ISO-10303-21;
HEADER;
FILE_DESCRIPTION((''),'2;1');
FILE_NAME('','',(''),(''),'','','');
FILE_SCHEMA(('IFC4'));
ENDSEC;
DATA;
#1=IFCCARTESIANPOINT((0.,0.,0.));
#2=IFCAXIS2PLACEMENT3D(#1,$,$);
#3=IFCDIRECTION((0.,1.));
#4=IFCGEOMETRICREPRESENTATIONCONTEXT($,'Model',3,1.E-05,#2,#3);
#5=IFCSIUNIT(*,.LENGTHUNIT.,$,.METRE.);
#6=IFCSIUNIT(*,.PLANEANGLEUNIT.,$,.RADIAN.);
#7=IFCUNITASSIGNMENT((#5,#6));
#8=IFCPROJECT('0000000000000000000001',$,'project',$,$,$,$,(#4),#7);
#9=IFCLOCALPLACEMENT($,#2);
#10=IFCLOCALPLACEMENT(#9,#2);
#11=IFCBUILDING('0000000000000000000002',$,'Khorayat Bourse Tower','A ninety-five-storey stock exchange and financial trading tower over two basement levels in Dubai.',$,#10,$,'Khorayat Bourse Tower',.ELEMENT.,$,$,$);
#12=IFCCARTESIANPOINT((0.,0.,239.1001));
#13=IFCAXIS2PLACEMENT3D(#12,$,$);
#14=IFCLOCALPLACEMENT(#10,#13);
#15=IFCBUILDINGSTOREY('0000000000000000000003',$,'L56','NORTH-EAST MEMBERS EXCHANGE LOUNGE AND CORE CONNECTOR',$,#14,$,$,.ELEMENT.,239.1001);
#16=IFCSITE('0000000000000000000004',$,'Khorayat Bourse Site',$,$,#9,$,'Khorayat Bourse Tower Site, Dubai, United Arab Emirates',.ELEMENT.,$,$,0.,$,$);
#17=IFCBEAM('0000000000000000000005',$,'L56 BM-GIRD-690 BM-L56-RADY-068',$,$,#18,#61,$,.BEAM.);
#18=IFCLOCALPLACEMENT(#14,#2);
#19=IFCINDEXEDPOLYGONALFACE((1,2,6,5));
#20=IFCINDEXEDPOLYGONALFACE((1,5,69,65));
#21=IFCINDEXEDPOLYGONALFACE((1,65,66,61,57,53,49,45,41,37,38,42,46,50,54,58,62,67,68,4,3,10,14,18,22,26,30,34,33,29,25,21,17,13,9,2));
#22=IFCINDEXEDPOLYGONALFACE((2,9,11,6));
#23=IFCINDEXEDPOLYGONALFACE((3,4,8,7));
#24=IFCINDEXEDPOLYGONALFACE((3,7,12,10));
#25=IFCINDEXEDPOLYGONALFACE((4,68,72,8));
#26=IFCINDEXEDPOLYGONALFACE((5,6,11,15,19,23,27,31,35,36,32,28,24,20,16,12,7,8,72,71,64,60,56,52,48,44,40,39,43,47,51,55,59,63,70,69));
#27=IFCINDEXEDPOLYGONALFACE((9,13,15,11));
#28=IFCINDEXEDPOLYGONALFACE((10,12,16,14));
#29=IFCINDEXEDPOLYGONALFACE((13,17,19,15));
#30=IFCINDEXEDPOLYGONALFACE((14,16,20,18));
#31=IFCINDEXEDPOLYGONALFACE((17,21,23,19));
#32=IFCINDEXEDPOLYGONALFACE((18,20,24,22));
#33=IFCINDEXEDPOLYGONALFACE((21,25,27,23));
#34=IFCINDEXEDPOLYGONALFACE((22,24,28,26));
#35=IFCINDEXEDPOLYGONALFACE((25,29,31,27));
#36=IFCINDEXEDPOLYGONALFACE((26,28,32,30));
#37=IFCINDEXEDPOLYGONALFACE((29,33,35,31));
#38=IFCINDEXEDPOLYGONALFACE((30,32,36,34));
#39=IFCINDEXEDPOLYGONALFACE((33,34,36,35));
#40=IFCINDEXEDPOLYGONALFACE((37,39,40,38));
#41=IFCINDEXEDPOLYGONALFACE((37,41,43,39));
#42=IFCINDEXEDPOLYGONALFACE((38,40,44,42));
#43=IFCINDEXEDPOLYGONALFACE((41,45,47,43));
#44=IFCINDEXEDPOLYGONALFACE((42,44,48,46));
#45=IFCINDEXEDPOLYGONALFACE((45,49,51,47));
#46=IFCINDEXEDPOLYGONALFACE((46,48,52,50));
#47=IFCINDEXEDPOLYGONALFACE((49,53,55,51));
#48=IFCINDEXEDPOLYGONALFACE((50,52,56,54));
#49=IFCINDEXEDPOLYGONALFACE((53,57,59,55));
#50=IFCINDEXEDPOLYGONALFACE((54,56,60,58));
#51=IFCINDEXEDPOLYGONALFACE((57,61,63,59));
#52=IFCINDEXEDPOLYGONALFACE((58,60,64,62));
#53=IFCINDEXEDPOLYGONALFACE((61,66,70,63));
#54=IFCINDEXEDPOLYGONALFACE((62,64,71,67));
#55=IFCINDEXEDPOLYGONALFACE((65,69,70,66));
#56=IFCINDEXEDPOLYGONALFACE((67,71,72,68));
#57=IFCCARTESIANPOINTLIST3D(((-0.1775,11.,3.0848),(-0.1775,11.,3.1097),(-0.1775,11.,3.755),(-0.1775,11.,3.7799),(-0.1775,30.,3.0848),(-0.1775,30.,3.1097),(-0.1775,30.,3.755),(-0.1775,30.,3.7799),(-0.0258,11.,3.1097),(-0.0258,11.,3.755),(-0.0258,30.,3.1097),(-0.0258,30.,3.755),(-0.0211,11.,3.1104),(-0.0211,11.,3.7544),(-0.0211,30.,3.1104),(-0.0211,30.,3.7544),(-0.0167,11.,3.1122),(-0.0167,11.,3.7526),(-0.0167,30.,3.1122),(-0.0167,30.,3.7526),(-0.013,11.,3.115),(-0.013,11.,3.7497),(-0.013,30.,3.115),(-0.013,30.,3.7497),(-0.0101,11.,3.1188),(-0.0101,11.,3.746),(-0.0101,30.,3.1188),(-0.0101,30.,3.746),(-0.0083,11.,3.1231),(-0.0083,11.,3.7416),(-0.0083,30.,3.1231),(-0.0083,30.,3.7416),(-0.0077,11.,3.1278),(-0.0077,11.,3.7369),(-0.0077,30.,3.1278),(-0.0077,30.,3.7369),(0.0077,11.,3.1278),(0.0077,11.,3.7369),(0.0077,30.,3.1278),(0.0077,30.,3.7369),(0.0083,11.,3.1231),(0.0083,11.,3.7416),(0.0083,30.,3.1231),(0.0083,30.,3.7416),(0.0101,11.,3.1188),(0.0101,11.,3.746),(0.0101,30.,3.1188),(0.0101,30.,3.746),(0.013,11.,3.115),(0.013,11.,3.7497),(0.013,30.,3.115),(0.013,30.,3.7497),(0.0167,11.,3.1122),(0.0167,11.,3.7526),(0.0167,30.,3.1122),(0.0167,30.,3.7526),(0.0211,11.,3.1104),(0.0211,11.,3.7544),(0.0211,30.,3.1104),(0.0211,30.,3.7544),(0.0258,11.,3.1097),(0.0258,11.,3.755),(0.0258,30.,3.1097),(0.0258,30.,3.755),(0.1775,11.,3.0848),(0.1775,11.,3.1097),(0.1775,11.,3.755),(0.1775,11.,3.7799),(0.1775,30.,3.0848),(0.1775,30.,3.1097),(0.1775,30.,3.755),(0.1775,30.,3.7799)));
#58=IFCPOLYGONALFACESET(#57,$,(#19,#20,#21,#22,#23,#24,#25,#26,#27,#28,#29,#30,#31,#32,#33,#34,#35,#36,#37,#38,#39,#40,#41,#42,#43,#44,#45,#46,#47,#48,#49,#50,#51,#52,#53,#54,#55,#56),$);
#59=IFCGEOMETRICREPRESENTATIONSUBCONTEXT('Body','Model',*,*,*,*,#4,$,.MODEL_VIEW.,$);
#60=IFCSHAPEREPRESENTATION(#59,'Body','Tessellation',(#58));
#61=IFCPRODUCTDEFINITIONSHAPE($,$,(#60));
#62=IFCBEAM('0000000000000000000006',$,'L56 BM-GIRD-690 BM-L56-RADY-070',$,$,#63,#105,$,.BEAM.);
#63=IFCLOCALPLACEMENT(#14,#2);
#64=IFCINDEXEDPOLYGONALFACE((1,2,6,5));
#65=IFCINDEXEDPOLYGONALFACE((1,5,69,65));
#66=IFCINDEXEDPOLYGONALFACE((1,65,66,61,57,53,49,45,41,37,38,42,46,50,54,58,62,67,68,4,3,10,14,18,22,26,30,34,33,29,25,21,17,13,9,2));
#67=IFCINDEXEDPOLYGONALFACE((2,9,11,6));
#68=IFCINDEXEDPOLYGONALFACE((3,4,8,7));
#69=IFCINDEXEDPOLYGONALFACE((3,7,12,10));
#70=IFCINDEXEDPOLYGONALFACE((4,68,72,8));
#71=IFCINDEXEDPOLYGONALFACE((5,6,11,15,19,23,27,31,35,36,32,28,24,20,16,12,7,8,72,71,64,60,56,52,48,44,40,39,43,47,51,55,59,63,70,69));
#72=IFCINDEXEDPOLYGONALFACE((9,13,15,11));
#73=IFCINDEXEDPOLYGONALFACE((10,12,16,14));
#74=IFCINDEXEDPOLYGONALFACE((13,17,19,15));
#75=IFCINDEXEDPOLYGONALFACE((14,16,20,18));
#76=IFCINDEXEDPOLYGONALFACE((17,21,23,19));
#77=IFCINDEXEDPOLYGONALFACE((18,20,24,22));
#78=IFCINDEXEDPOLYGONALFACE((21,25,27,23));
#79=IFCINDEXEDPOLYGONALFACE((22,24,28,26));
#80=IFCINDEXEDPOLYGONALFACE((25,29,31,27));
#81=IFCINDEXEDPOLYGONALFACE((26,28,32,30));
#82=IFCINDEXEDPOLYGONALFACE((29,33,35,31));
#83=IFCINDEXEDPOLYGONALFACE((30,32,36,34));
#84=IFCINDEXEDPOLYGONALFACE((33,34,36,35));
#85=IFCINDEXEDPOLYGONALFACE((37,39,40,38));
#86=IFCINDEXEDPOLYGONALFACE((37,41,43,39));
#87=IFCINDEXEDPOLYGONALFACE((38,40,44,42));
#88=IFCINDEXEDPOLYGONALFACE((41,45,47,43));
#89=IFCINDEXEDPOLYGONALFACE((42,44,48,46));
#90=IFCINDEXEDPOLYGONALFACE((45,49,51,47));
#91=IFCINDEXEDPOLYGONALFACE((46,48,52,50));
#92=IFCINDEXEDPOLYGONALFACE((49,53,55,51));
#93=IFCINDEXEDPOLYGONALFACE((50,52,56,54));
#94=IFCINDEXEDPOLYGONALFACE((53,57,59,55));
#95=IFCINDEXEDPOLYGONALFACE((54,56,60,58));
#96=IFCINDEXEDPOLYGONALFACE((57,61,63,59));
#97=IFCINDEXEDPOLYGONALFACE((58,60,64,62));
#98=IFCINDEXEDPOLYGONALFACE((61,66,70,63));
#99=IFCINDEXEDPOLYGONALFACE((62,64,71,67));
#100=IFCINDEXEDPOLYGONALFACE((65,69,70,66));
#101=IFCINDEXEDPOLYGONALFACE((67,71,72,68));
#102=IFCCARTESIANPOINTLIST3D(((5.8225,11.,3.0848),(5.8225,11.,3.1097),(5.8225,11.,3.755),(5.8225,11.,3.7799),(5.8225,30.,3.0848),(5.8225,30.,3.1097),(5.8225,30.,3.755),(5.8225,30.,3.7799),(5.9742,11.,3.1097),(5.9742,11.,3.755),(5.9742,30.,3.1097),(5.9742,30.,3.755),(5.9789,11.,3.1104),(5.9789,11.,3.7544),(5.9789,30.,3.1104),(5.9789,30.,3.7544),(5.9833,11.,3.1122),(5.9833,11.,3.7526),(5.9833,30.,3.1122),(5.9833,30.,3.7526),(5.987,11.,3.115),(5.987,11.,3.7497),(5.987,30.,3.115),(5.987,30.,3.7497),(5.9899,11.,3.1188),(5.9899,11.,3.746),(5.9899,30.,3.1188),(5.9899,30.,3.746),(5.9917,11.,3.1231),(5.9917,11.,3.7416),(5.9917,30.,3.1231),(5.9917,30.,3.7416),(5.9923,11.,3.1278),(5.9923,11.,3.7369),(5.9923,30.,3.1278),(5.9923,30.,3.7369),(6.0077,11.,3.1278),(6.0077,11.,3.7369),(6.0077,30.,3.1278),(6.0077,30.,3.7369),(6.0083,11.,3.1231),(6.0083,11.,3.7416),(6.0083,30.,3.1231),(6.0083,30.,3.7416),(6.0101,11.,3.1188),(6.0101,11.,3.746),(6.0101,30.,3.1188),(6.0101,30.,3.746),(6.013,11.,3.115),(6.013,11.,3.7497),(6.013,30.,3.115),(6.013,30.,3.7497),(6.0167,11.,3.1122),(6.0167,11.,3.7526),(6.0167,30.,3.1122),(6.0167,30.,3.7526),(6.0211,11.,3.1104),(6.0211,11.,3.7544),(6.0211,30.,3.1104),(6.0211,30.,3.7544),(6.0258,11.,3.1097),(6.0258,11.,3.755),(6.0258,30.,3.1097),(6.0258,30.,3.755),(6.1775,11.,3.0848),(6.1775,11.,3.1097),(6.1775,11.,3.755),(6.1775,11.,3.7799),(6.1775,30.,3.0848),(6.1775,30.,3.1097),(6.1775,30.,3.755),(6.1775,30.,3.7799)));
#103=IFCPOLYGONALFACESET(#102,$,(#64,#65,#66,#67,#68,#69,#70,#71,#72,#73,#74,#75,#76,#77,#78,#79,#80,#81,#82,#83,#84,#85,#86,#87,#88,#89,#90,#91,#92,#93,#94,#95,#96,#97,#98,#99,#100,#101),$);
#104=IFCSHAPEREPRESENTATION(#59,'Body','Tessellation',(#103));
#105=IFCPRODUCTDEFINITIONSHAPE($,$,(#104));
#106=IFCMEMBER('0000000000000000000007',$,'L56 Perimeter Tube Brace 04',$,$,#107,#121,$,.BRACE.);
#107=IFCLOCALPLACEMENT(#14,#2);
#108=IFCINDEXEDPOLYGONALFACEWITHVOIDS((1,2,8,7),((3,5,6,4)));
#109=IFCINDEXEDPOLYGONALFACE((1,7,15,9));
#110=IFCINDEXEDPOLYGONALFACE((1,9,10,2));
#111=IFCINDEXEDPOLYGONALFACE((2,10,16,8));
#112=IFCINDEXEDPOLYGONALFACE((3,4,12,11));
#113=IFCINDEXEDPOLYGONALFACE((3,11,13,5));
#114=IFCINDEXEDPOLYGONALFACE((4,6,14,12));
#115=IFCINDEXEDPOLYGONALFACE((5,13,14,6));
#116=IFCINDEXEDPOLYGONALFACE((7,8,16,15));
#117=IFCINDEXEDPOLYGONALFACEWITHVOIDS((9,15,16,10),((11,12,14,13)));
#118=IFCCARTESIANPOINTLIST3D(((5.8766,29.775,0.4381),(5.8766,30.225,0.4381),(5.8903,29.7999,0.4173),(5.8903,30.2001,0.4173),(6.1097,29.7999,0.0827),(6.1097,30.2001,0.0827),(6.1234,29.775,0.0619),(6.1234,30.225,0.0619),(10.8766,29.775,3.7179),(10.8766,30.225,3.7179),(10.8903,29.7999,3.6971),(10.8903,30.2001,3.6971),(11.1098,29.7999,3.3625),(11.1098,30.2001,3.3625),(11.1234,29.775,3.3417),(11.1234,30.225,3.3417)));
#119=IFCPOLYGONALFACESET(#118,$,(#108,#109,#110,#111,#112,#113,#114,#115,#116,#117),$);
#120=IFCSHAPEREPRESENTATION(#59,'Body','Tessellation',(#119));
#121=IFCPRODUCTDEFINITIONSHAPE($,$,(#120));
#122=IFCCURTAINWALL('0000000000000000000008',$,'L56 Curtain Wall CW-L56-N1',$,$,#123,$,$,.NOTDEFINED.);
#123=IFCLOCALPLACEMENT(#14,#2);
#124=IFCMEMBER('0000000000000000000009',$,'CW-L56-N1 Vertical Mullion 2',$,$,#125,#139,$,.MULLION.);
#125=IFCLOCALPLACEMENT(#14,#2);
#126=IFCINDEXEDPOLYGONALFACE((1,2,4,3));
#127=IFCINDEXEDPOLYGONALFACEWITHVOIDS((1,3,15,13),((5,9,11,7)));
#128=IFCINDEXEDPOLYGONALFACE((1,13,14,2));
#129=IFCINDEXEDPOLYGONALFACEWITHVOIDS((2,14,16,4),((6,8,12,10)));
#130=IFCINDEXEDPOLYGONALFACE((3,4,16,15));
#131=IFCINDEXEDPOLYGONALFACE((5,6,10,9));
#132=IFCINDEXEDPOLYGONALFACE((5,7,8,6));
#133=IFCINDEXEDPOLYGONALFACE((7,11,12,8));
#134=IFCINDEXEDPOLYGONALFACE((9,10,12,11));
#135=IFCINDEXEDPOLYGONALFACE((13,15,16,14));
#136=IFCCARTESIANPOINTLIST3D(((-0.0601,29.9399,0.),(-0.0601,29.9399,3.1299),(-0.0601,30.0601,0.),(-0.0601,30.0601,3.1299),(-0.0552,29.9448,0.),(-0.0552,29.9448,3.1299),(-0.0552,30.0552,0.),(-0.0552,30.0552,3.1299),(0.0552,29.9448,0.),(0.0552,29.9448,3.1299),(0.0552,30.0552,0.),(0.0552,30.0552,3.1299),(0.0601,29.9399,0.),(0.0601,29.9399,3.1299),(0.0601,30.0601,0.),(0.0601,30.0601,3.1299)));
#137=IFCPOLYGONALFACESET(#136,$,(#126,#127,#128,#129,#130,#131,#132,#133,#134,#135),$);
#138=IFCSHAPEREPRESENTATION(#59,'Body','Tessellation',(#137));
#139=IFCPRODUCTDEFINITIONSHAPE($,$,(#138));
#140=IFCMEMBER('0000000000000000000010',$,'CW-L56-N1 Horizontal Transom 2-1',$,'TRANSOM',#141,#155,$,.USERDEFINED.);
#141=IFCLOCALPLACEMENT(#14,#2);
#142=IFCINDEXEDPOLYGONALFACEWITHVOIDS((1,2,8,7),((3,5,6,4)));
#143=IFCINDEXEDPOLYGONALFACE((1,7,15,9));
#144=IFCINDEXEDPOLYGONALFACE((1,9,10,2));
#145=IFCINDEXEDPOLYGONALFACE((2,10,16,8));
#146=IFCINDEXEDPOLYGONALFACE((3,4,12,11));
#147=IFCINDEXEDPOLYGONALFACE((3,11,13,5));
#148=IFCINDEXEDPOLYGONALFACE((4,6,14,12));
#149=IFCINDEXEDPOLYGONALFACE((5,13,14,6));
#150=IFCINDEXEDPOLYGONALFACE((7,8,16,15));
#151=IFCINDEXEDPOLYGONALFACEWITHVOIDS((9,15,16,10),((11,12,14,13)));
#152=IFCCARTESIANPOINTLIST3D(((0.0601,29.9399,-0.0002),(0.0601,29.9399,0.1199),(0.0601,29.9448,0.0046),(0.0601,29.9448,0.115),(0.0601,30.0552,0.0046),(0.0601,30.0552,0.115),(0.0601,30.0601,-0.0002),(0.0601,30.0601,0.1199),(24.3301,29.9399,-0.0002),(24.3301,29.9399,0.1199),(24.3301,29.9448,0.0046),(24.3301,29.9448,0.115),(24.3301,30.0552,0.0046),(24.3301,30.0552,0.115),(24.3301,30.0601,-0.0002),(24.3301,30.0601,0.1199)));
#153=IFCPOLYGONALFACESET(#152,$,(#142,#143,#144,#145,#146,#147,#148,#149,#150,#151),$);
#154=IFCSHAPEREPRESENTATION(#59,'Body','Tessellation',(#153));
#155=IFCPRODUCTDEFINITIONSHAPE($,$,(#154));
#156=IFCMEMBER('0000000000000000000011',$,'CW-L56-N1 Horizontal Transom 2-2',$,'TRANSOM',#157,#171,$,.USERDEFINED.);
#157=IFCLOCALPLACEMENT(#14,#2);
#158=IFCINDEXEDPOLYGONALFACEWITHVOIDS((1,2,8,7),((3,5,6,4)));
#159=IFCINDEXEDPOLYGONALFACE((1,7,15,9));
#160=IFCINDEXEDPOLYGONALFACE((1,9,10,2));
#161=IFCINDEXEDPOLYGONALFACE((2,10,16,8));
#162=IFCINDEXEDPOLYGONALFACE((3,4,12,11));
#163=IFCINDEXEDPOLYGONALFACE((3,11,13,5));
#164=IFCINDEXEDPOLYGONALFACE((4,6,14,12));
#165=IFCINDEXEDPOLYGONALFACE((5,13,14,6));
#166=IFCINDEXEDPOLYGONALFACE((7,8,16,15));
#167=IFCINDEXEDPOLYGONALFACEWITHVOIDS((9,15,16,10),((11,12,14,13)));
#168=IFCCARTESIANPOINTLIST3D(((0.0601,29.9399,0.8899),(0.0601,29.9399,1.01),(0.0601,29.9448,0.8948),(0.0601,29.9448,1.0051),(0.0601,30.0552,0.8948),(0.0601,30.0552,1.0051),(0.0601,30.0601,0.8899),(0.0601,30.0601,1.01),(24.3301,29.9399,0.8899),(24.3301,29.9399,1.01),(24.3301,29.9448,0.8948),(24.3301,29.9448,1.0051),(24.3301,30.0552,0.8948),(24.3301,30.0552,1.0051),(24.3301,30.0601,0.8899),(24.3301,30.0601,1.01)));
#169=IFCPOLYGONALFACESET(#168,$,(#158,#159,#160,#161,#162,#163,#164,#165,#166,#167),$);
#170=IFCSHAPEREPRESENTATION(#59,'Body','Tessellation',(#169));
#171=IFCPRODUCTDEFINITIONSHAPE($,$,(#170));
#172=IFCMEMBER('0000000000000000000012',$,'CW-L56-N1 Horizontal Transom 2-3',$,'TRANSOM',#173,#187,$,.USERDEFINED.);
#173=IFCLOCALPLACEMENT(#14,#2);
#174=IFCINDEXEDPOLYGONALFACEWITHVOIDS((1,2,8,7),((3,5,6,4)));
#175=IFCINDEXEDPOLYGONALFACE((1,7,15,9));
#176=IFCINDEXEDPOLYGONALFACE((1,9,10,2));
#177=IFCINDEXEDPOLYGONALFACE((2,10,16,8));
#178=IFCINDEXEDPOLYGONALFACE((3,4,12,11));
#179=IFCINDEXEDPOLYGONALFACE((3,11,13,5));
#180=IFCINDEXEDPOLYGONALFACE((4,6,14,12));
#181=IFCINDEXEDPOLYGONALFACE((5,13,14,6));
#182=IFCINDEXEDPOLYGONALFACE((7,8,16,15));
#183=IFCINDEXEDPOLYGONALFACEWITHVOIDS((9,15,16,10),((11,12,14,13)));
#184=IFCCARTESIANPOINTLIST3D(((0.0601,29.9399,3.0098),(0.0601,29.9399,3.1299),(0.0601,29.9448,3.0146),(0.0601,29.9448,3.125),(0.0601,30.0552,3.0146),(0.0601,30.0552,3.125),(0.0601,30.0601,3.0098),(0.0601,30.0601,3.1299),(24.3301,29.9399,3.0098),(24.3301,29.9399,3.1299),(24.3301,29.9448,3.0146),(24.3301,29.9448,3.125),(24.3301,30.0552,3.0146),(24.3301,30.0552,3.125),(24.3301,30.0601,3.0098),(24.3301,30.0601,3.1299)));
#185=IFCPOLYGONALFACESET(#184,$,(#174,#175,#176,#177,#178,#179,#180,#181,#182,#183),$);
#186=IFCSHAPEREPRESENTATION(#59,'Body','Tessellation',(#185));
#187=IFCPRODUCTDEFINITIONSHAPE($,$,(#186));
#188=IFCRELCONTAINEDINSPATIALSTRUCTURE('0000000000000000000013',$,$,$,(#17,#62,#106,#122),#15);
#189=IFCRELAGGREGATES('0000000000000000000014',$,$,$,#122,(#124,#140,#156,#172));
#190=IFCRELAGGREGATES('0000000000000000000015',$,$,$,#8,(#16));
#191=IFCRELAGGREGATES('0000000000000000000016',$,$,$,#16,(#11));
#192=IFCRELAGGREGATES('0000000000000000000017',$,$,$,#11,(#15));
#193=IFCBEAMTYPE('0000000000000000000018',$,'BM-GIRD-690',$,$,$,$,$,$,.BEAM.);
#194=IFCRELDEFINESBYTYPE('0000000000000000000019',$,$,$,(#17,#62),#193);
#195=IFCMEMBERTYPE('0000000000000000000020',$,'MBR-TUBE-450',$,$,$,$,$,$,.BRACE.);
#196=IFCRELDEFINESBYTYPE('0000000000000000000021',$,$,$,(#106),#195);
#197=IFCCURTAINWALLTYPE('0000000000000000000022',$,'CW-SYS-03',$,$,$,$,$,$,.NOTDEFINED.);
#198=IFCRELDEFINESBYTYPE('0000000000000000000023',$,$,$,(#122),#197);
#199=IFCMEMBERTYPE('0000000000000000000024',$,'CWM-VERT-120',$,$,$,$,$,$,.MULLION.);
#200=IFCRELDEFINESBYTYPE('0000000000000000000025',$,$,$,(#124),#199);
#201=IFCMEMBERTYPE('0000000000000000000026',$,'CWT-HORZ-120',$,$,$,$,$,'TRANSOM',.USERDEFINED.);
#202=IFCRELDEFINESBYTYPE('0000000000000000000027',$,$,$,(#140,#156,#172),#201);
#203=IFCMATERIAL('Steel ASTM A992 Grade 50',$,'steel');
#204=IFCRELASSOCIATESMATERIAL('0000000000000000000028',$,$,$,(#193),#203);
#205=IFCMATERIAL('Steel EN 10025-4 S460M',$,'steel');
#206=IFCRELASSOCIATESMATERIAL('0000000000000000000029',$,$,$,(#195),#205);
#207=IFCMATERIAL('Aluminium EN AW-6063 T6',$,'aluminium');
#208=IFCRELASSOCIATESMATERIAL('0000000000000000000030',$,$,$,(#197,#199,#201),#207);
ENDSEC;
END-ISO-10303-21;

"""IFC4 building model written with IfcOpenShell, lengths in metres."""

from ifc_helpers import new_model, si_unit, direction, frame, origin, origin_2d, place, context, subcontext, project, spatial, hollow_rectangle, i_section, extrude, source, transform, mapped, material, material_profile, profile_set, type_object, element, aggregate, save


model = new_model("IFC4")

# Units and contexts
model_context = context("Model", 3, precision=1e-05, world=origin(), true_north=direction((0.0, 1.0)))
body_context = subcontext(model_context, "Body", "Model", "MODEL_VIEW")
ifc_project = project(units=[si_unit("LENGTHUNIT", "METRE"), si_unit("PLANEANGLEUNIT", "RADIAN")], contexts=[model_context])

# Site, building, storey
site_placement = place(None, origin())
site = spatial("IfcSite", under=ifc_project, at=site_placement, Name="Khorayat Bourse Site", LongName="Khorayat Bourse Tower Site, Dubai, United Arab Emirates", CompositionType="ELEMENT", RefElevation=0.0)
building_placement = place(site_placement, origin())
building = spatial("IfcBuilding", under=site, at=building_placement, Name="Khorayat Bourse Tower", Description="A ninety-five-storey stock exchange and financial trading tower over two basement levels in Dubai.", LongName="Khorayat Bourse Tower", CompositionType="ELEMENT")
storey_placement = place(building_placement, frame((0.0, 0.0, 239.1001)))
storey = spatial("IfcBuildingStorey", under=building, at=storey_placement, Name="L56", Description="NORTH-EAST MEMBERS EXCHANGE LOUNGE AND CORE CONNECTOR", CompositionType="ELEMENT", Elevation=239.1001)

# Shared definitions
ifc_material_1 = material(Name="Steel EN 10025-4 S460M", Category="steel")

# Beams
ifc_material_2 = material(Name="Steel ASTM A992 Grade 50", Category="steel")
ifc_material_profile_1 = material_profile(ifc_material_2, i_section(OverallWidth=0.355, OverallDepth=0.6951, WebThickness=0.0154, FlangeThickness=0.0249, FilletRadius=0.0181, at=origin_2d()), Name="W690X217")
ifc_profile_set_1 = profile_set([ifc_material_profile_1], Name="Steel ASTM A992 Grade 50")
beam_type_1 = type_object("IfcBeamType", Name="BM-GIRD-690", PredefinedType="BEAM", material=ifc_profile_set_1)
shared_shape_1 = source(origin(), body_context, "Body", "SweptSolid", [
    extrude(i_section(OverallWidth=0.355, OverallDepth=0.6951, WebThickness=0.0154, FlangeThickness=0.0249, FilletRadius=0.0181, at=origin_2d()), origin(), (0.0, 0.0, 1.0), 19.0),
])
for number, where, z_axis, x_axis, name in (
    (1, (0.0, 11.0, 3.4324), (0.0, 1.0, 0.0), (-1.0, 0.0, 0.0), "L56 BM-GIRD-690 BM-L56-RADY-068"),
    (2, (6.0, 11.0, 3.4324), (0.0, 1.0, 0.0), (-1.0, 0.0, 0.0), "L56 BM-GIRD-690 BM-L56-RADY-070"),
):
    element("IfcBeam", number, at=place(storey_placement, frame(where, z_axis=z_axis, x_axis=x_axis)), inside=storey, type_object=beam_type_1, Name=name, PredefinedType="BEAM", context=body_context, shape_type="MappedRepresentation", body=[
        mapped(shared_shape_1, transform((0.0, 0.0, 0.0), scale=1.0)),
    ])

# Member
ifc_material_profile_2 = material_profile(ifc_material_1, hollow_rectangle(XDim=0.45, YDim=0.45, WallThickness=0.0249, at=origin_2d()), Name="HSS 450x450x25")
ifc_profile_set_2 = profile_set([ifc_material_profile_2], Name="Steel EN 10025-4 S460M")
member_type_1 = type_object("IfcMemberType", Name="MBR-TUBE-450", PredefinedType="BRACE", material=ifc_profile_set_2)
shared_shape_2 = source(origin(), body_context, "Body", "SweptSolid", [
    extrude(hollow_rectangle(XDim=0.45, YDim=0.45, WallThickness=0.0249, at=origin_2d()), origin(), (0.0, 0.0, 1.0), 5.9797),
])
member_1_placement = place(storey_placement, frame((6.0, 30.0, 0.25), z_axis=(0.83616, 0.0, 0.548485), x_axis=(0.0, 1.0, 0.0)))
element("IfcMember", 3, at=member_1_placement, inside=storey, type_object=member_type_1, Name="L56 Perimeter Tube Brace 04", PredefinedType="BRACE", context=body_context, shape_type="MappedRepresentation", body=[
    mapped(shared_shape_2, transform((0.0, 0.0, 0.0), scale=1.0)),
])

# Curtain wall, members
ifc_material_3 = material(Name="Aluminium EN AW-6063 T6", Category="aluminium")
curtain_wall_type = type_object("IfcCurtainWallType", Name="CW-SYS-03", PredefinedType="NOTDEFINED", material=ifc_material_3)
curtain_wall_placement = place(storey_placement, origin())
curtain_wall = element("IfcCurtainWall", 4, at=curtain_wall_placement, inside=storey, type_object=curtain_wall_type, Name="L56 Curtain Wall CW-L56-N1", PredefinedType="NOTDEFINED")
ifc_material_profile_3 = material_profile(ifc_material_3, hollow_rectangle(XDim=0.1201, YDim=0.1201, WallThickness=0.0049, at=origin_2d()), Name="ALU 120x120x5")
ifc_profile_set_3 = profile_set([ifc_material_profile_3], Name="Aluminium EN AW-6063 T6")
member_type_2 = type_object("IfcMemberType", Name="CWM-VERT-120", PredefinedType="MULLION", material=ifc_profile_set_3)
shared_shape_3 = source(origin(), body_context, "Body", "SweptSolid", [
    extrude(hollow_rectangle(XDim=0.1201, YDim=0.1201, WallThickness=0.0049, at=origin_2d()), origin(), (0.0, 0.0, 1.0), 3.1299),
])
member_2_placement = place(storey_placement, frame((0.0, 30.0, 0.0), z_axis=(0.0, 0.0, 1.0), x_axis=(0.0, 1.0, 0.0)))
member_2 = element("IfcMember", 5, at=member_2_placement, type_object=member_type_2, Name="CW-L56-N1 Vertical Mullion 2", PredefinedType="MULLION", context=body_context, shape_type="MappedRepresentation", body=[
    mapped(shared_shape_3, transform((0.0, 0.0, 0.0), scale=1.0)),
])
ifc_material_profile_4 = material_profile(ifc_material_3, hollow_rectangle(XDim=0.1201, YDim=0.1201, WallThickness=0.0049, at=origin_2d()), Name="ALU 120x120x5")
ifc_profile_set_4 = profile_set([ifc_material_profile_4], Name="Aluminium EN AW-6063 T6")
member_type_3 = type_object("IfcMemberType", Name="CWT-HORZ-120", ElementType="TRANSOM", PredefinedType="USERDEFINED", material=ifc_profile_set_4)
shared_shape_4 = source(origin(), body_context, "Body", "SweptSolid", [
    extrude(hollow_rectangle(XDim=0.1201, YDim=0.1201, WallThickness=0.0049, at=origin_2d()), origin(), (0.0, 0.0, 1.0), 24.27),
])
member_3_placement = place(storey_placement, frame((0.0601, 30.0, 0.0598), z_axis=(1.0, 0.0, 0.0), x_axis=(0.0, 1.0, 0.0)))
member_3 = element("IfcMember", 6, at=member_3_placement, type_object=member_type_3, Name="CW-L56-N1 Horizontal Transom 2-1", ObjectType="TRANSOM", PredefinedType="USERDEFINED", context=body_context, shape_type="MappedRepresentation", body=[
    mapped(shared_shape_4, transform((0.0, 0.0, 0.0), scale=1.0)),
])
member_4_placement = place(storey_placement, frame((0.0601, 30.0, 0.95), z_axis=(1.0, 0.0, 0.0), x_axis=(0.0, 1.0, 0.0)))
member_4 = element("IfcMember", 7, at=member_4_placement, type_object=member_type_3, Name="CW-L56-N1 Horizontal Transom 2-2", ObjectType="TRANSOM", PredefinedType="USERDEFINED", context=body_context, shape_type="MappedRepresentation", body=[
    mapped(shared_shape_4, transform((0.0, 0.0, 0.0), scale=1.0)),
])
member_5_placement = place(storey_placement, frame((0.0601, 30.0, 3.0698), z_axis=(1.0, 0.0, 0.0), x_axis=(0.0, 1.0, 0.0)))
member_5 = element("IfcMember", 8, at=member_5_placement, type_object=member_type_3, Name="CW-L56-N1 Horizontal Transom 2-3", ObjectType="TRANSOM", PredefinedType="USERDEFINED", context=body_context, shape_type="MappedRepresentation", body=[
    mapped(shared_shape_4, transform((0.0, 0.0, 0.0), scale=1.0)),
])
aggregate(curtain_wall, [member_2, member_3, member_4, member_5])

save(model, "model.ifc")
